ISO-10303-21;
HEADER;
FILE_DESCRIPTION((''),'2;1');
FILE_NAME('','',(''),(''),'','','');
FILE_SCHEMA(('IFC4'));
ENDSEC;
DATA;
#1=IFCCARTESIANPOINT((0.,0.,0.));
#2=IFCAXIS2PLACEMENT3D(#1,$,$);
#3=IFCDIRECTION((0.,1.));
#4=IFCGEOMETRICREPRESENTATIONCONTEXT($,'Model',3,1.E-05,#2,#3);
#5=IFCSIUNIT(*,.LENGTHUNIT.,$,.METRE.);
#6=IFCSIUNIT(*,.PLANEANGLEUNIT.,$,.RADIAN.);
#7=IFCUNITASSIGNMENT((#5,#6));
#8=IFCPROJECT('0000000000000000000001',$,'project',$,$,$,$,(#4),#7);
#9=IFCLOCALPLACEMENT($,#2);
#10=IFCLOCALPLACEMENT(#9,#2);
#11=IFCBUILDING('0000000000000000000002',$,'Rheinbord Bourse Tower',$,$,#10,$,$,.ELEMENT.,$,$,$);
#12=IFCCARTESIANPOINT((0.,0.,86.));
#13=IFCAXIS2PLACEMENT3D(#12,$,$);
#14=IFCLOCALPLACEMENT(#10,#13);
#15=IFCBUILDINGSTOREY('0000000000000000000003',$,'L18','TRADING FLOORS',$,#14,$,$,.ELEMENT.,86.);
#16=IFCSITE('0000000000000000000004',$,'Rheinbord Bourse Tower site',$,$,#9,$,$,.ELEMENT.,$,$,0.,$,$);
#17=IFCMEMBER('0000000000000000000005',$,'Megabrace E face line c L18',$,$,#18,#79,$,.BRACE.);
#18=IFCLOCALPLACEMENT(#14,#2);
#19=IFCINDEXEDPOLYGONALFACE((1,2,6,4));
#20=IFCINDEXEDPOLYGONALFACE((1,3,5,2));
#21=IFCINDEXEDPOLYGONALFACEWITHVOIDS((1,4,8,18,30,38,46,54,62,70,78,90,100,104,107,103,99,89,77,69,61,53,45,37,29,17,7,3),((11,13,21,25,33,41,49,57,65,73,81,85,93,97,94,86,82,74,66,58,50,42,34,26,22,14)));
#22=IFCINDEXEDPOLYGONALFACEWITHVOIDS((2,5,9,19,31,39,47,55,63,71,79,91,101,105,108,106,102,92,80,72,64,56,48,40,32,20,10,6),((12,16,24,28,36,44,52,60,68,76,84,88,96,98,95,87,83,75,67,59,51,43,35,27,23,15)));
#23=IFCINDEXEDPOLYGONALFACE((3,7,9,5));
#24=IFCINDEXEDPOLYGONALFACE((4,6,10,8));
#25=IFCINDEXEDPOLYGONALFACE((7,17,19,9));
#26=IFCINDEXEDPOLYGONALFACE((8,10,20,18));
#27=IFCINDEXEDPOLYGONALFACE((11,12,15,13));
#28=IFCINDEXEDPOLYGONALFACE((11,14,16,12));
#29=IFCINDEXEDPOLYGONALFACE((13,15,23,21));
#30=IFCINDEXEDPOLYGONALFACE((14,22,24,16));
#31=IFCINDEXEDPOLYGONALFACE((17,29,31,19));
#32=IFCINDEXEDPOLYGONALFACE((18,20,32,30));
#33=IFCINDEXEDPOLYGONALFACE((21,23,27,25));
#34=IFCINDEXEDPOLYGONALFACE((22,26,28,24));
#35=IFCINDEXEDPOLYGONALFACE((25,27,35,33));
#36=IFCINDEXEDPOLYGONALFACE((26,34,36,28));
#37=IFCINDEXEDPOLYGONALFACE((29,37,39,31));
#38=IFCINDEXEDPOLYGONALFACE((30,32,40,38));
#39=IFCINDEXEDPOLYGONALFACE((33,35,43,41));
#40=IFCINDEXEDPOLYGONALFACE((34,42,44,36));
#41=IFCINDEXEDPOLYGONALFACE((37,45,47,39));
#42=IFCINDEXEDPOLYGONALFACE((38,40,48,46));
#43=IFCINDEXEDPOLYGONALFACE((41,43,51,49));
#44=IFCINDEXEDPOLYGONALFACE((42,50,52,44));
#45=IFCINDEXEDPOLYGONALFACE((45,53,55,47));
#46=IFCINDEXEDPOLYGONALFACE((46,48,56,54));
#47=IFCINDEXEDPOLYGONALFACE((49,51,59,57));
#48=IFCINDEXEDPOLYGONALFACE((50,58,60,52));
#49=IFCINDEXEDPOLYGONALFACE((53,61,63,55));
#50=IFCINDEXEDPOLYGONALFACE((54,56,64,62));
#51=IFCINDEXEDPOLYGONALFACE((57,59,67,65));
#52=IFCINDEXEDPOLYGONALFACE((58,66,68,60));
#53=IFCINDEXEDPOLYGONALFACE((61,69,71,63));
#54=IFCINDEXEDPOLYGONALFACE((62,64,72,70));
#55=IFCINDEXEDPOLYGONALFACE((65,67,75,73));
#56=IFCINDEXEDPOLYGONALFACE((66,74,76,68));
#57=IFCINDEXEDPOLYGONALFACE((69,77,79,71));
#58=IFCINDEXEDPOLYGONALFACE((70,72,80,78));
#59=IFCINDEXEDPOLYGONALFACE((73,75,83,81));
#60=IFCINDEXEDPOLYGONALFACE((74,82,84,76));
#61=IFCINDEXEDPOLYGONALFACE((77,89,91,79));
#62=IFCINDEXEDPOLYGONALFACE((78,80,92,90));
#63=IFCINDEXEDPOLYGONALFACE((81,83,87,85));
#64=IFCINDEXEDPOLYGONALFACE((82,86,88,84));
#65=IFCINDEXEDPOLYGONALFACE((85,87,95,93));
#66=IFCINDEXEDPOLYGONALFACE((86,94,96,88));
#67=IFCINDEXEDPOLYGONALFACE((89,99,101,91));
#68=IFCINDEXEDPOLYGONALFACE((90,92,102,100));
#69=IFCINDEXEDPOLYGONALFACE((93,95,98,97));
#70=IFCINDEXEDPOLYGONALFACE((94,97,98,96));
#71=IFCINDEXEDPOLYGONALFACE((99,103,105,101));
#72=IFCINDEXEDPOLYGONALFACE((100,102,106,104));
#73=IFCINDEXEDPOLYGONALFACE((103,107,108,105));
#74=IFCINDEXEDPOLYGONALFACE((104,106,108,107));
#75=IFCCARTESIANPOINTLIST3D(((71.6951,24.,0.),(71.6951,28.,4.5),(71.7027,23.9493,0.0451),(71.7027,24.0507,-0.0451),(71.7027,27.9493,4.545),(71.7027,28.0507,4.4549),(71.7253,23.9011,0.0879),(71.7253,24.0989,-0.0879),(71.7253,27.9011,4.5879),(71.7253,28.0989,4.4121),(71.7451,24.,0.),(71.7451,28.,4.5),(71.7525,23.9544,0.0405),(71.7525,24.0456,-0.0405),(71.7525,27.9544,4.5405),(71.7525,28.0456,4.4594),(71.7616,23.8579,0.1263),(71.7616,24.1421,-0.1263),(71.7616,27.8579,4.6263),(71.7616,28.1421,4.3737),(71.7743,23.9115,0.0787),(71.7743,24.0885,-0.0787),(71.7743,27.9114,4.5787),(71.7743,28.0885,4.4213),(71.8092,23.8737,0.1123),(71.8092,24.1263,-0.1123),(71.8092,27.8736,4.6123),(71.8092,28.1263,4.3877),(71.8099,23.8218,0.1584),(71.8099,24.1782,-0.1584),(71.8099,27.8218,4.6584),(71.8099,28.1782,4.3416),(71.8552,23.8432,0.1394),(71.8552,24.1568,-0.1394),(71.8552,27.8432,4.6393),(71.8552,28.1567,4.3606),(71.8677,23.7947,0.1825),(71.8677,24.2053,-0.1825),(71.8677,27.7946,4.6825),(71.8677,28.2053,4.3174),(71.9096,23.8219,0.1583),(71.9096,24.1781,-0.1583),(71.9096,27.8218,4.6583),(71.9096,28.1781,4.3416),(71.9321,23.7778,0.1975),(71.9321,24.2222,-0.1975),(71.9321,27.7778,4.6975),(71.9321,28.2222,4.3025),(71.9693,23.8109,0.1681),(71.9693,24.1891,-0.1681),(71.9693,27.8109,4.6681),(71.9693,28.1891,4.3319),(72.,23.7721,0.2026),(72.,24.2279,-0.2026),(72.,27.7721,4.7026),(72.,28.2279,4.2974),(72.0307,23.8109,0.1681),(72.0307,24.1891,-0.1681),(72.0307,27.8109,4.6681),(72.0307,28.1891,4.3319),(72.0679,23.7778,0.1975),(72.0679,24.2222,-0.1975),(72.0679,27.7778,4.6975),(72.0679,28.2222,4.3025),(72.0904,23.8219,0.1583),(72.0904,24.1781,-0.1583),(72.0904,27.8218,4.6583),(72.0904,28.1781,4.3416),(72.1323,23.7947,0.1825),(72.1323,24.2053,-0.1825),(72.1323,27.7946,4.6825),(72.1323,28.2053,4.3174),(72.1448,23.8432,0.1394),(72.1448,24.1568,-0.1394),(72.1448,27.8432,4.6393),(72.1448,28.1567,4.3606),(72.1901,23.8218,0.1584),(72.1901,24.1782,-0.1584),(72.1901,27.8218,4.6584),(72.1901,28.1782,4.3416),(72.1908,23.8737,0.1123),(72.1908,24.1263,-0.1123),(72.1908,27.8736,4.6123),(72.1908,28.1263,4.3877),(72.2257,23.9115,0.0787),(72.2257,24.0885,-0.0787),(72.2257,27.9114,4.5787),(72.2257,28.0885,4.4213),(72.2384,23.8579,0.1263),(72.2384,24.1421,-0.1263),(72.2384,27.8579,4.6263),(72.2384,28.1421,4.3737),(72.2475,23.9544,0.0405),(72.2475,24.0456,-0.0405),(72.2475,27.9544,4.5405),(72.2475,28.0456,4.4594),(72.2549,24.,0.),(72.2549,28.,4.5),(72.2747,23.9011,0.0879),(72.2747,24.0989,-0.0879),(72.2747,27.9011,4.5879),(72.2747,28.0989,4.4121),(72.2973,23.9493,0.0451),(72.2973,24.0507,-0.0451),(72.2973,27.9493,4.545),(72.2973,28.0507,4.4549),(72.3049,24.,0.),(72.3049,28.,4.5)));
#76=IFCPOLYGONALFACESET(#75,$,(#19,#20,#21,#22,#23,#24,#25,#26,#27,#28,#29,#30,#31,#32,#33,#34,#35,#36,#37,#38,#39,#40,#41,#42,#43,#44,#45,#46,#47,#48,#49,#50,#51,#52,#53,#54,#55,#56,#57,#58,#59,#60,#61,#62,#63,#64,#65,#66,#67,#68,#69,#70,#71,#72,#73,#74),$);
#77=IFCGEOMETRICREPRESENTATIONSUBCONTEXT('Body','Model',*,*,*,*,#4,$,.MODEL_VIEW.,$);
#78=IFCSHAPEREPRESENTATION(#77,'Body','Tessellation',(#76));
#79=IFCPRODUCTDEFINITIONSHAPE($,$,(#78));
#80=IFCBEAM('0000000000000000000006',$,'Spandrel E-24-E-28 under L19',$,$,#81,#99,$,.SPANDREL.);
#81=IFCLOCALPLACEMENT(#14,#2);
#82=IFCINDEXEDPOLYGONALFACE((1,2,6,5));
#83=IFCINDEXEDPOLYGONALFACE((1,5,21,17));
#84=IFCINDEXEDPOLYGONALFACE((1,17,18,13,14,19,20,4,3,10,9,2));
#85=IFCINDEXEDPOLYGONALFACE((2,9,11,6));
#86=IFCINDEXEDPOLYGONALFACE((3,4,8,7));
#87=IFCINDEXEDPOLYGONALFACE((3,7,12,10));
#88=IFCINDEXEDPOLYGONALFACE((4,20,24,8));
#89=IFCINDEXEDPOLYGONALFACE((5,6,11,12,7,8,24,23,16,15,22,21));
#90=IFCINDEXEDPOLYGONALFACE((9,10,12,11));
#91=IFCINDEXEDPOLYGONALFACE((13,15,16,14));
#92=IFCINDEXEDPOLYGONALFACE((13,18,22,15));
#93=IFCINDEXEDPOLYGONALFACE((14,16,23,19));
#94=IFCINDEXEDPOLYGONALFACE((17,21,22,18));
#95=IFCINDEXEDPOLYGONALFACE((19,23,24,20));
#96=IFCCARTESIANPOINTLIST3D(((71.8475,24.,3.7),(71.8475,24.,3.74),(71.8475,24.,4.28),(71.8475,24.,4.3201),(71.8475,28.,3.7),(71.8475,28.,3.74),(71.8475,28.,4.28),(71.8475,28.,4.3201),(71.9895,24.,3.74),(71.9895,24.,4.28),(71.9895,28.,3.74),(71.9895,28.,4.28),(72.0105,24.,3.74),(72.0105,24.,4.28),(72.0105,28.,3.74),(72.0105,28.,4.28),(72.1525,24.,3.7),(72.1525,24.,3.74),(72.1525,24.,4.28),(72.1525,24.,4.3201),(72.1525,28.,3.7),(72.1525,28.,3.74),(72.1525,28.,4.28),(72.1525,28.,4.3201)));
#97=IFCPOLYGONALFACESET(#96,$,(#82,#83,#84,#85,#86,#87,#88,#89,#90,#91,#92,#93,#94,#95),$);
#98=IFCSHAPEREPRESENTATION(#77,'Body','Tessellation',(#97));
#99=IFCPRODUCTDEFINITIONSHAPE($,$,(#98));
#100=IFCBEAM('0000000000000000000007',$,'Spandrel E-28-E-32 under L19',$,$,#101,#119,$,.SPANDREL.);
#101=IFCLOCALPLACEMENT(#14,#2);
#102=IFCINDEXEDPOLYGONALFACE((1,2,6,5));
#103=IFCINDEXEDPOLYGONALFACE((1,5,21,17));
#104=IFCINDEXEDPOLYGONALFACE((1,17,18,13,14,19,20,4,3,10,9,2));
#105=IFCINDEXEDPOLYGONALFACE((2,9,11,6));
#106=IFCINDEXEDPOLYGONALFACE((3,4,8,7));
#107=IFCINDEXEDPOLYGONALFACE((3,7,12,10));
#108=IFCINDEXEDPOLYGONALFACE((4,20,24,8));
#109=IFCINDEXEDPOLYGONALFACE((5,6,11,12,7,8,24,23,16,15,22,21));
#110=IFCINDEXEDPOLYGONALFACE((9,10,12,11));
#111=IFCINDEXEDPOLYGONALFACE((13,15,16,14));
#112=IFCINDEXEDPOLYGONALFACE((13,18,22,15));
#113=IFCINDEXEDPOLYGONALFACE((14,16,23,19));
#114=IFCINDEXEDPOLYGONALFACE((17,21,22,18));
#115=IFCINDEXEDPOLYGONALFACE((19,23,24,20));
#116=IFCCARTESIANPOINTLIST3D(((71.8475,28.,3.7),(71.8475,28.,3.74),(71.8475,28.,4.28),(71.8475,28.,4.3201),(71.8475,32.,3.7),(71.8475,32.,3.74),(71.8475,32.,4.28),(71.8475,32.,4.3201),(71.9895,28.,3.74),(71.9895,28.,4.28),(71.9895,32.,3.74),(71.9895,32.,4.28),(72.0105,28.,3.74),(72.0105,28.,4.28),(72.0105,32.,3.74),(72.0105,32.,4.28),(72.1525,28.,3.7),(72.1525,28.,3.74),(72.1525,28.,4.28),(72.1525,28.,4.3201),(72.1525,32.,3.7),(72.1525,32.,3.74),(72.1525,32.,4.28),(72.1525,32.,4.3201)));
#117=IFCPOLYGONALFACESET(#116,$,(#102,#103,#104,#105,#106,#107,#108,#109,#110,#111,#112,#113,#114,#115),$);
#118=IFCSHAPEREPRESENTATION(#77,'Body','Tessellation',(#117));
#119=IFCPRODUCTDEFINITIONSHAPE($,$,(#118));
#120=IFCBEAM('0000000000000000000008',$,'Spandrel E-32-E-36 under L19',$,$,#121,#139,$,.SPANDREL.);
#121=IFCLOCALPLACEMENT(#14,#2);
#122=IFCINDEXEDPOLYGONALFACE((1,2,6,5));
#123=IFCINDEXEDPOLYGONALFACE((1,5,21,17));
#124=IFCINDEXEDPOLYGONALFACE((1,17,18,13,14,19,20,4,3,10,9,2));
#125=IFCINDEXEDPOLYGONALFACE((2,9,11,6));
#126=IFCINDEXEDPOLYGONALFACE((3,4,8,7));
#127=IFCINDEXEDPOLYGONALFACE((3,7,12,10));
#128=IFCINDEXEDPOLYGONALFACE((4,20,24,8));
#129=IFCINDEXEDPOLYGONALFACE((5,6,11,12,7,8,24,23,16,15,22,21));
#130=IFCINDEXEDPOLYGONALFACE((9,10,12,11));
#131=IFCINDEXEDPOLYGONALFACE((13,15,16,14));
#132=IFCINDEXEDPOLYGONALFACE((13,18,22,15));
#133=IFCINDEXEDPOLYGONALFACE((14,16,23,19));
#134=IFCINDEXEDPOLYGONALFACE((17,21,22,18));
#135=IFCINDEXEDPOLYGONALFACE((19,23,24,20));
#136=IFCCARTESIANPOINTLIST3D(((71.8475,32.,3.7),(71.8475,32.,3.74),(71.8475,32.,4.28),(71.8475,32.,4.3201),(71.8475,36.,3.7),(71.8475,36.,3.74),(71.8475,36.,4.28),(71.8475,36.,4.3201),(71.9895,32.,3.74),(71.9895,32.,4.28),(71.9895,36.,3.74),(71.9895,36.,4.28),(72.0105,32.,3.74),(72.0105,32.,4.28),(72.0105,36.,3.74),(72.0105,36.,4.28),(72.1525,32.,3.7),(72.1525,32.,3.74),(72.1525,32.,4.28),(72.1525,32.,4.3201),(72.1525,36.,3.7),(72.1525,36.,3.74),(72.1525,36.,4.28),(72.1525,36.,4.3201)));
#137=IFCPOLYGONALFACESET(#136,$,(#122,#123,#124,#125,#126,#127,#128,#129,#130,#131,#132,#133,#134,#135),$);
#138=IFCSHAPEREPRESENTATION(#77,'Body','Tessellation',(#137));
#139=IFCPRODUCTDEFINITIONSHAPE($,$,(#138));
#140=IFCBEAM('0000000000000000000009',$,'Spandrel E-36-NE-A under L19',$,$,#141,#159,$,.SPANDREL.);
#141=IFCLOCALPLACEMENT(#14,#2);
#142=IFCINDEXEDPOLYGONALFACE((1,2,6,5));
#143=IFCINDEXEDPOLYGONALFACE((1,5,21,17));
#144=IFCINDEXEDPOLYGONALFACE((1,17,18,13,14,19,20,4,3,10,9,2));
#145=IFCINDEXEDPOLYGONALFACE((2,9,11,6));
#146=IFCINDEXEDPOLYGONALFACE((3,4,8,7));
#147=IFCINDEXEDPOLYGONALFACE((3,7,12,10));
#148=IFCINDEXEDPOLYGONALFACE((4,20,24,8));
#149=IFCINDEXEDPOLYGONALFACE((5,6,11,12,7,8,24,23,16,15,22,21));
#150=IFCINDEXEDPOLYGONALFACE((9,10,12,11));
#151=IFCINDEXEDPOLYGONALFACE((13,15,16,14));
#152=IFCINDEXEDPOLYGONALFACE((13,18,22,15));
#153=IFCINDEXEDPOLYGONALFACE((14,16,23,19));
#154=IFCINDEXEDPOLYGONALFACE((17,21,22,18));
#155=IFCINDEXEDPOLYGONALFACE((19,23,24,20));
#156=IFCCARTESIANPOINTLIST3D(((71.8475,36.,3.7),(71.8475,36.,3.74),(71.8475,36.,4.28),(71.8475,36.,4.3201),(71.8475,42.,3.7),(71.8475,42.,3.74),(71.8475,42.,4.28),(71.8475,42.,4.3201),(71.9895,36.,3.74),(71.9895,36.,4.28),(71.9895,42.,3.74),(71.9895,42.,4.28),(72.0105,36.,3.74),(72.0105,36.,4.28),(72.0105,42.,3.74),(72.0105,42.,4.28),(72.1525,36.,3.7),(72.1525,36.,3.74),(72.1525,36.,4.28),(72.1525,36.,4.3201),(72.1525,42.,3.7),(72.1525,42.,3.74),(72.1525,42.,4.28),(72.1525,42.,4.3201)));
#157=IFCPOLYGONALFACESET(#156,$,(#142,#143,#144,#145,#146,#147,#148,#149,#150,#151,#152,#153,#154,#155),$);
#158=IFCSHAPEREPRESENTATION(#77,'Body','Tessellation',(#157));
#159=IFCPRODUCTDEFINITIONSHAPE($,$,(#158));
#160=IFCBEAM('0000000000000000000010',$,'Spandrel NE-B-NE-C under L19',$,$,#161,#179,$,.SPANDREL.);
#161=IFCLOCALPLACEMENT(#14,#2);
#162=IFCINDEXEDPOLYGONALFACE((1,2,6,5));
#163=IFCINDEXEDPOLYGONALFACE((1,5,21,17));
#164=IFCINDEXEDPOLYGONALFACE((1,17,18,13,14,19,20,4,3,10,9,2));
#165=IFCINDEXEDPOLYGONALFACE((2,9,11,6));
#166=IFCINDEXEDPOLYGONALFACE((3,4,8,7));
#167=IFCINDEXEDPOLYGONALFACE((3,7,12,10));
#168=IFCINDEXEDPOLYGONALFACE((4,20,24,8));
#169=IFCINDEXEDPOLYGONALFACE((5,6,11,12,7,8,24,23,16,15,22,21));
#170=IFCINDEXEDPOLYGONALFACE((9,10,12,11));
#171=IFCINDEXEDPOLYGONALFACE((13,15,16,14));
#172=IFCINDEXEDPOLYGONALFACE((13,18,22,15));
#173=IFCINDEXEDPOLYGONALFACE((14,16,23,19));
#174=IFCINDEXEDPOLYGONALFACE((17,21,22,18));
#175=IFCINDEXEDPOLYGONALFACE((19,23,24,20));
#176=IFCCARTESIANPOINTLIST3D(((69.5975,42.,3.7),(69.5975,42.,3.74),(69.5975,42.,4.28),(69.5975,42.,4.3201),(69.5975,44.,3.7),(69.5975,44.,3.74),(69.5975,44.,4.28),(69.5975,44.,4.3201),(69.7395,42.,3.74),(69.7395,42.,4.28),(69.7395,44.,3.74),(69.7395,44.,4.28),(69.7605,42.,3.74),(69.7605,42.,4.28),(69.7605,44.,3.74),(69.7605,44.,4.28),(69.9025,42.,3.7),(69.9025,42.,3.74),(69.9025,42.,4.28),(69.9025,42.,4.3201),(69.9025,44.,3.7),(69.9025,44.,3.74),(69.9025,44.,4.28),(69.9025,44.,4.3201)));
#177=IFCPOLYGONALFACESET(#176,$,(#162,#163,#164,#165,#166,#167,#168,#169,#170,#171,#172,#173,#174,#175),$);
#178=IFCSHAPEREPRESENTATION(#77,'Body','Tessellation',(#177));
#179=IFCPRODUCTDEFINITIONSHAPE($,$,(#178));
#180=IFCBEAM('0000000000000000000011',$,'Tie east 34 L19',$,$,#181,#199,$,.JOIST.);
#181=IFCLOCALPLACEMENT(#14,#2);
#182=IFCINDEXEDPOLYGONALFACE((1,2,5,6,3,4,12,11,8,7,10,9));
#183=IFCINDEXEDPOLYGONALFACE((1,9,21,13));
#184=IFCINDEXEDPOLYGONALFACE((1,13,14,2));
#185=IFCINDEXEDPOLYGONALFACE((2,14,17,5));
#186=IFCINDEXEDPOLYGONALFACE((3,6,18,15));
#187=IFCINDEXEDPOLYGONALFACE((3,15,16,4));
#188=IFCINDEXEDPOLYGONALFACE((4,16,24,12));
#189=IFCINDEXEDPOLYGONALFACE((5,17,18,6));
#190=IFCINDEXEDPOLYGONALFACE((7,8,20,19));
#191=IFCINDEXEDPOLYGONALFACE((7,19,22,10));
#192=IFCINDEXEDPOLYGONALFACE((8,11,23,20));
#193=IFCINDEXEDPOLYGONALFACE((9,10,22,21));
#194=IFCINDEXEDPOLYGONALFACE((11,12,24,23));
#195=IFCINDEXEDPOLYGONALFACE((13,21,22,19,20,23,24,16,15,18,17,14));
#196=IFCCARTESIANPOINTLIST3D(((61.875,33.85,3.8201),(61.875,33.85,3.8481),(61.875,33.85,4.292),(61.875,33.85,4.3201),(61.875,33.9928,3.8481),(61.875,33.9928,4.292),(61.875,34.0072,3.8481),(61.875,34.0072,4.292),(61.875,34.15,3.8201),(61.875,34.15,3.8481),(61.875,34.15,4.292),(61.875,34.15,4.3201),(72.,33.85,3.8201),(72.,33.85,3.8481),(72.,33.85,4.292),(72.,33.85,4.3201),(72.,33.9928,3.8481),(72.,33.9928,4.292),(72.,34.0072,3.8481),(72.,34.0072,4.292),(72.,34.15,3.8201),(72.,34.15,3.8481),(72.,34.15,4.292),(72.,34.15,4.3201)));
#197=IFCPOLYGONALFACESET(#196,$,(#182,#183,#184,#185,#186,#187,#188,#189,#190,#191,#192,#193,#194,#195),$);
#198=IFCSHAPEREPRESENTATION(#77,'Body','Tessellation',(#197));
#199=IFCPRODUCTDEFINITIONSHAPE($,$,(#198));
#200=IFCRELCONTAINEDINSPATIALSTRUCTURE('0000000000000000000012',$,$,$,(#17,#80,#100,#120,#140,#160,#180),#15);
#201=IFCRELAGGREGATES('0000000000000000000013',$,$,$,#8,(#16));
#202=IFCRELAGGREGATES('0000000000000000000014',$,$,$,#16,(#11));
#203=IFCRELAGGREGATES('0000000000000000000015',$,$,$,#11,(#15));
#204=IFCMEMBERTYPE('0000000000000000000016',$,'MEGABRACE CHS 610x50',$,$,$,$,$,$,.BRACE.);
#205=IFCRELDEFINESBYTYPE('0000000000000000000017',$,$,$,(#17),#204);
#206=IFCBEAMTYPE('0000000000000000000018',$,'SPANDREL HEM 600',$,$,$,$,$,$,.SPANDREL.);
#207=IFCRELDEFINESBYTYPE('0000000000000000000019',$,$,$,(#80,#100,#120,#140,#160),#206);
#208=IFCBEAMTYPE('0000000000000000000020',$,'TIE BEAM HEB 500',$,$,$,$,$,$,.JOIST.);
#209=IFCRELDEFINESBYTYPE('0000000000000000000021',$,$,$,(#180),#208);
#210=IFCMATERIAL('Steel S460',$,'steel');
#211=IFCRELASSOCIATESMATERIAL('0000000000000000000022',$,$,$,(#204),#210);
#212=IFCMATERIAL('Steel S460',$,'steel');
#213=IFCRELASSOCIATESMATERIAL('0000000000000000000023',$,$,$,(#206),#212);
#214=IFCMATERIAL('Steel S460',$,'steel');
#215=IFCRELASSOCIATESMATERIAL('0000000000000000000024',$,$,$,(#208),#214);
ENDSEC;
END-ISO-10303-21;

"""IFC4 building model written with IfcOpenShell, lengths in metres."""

from ifc_helpers import new_model, si_unit, direction, frame, origin, origin_2d, place, context, subcontext, project, spatial, hollow_circle, i_section, extrude, material, material_profile, profile_set, type_object, element, save


model = new_model("IFC4")

# Units and contexts
model_context = context("Model", 3, precision=1e-05, world=origin(), true_north=direction((0.0, 1.0)))
body_context = subcontext(model_context, "Body", "Model", "MODEL_VIEW")
ifc_project = project(units=[si_unit("LENGTHUNIT", "METRE"), si_unit("PLANEANGLEUNIT", "RADIAN")], contexts=[model_context])

# Site, building, storey
site_placement = place(None, origin())
site = spatial("IfcSite", under=ifc_project, at=site_placement, Name="Rheinbord Bourse Tower site", CompositionType="ELEMENT", RefElevation=0.0)
building_placement = place(site_placement, origin())
building = spatial("IfcBuilding", under=site, at=building_placement, Name="Rheinbord Bourse Tower", CompositionType="ELEMENT")
storey_placement = place(building_placement, frame((0.0, 0.0, 86.0)))
storey = spatial("IfcBuildingStorey", under=building, at=storey_placement, Name="L18", Description="TRADING FLOORS", CompositionType="ELEMENT", Elevation=86.0)

# Member
ifc_material_1 = material(Name="Steel S460", Category="steel")
ifc_material_profile_1 = material_profile(ifc_material_1, hollow_circle(Radius=0.3049, WallThickness=0.05, at=origin_2d()), Name="CHS 610x50")
ifc_profile_set_1 = profile_set([ifc_material_profile_1], Name="Steel S460")
member_type_1 = type_object("IfcMemberType", Name="MEGABRACE CHS 610x50", PredefinedType="BRACE", material=ifc_profile_set_1)
for number, where, z_axis, x_axis, name in (
    (1, (72.0, 24.0, 0.0), (0.0, 0.664364, 0.747409), (-1.0, 0.0, 0.0), "Megabrace E face line c L18"),
):
    element("IfcMember", number, at=place(storey_placement, frame(where, z_axis=z_axis, x_axis=x_axis)), inside=storey, type_object=member_type_1, Name=name, PredefinedType="BRACE", context=body_context, shape_type="SweptSolid", body=[
        extrude(hollow_circle(Radius=0.3049, WallThickness=0.05, at=origin_2d()), origin(), (0.0, 0.0, 1.0), 6.0208),
    ])

# Beams
ifc_material_2 = material(Name="Steel S460", Category="steel")
ifc_material_profile_2 = material_profile(ifc_material_2, i_section(OverallWidth=0.3049, OverallDepth=0.6201, WebThickness=0.021, FlangeThickness=0.04, at=origin_2d()), Name="HEM 600")
ifc_profile_set_2 = profile_set([ifc_material_profile_2], Name="Steel S460")
beam_type_1 = type_object("IfcBeamType", Name="SPANDREL HEM 600", PredefinedType="SPANDREL", material=ifc_profile_set_2)
for number, where, z_axis, x_axis, name in (
    (2, (72.0, 24.0, 4.01), (0.0, 1.0, 0.0), (-1.0, 0.0, 0.0), "Spandrel E-24-E-28 under L19"),
    (3, (72.0, 28.0, 4.01), (0.0, 1.0, 0.0), (-1.0, 0.0, 0.0), "Spandrel E-28-E-32 under L19"),
    (4, (72.0, 32.0, 4.01), (0.0, 1.0, 0.0), (-1.0, 0.0, 0.0), "Spandrel E-32-E-36 under L19"),
):
    element("IfcBeam", number, at=place(storey_placement, frame(where, z_axis=z_axis, x_axis=x_axis)), inside=storey, type_object=beam_type_1, Name=name, PredefinedType="SPANDREL", context=body_context, shape_type="SweptSolid", body=[
        extrude(i_section(OverallWidth=0.3049, OverallDepth=0.6201, WebThickness=0.021, FlangeThickness=0.04, at=origin_2d()), origin(), (0.0, 0.0, 1.0), 4.0),
    ])
beam_1_placement = place(storey_placement, frame((72.0, 36.0, 4.01), z_axis=(0.0, 1.0, 0.0), x_axis=(-1.0, 0.0, 0.0)))
element("IfcBeam", 5, at=beam_1_placement, inside=storey, type_object=beam_type_1, Name="Spandrel E-36-NE-A under L19", PredefinedType="SPANDREL", context=body_context, shape_type="SweptSolid", body=[
    extrude(i_section(OverallWidth=0.3049, OverallDepth=0.6201, WebThickness=0.021, FlangeThickness=0.04, at=origin_2d()), origin(), (0.0, 0.0, 1.0), 6.0),
])
beam_2_placement = place(storey_placement, frame((69.75, 42.0, 4.01), z_axis=(0.0, 1.0, 0.0), x_axis=(-1.0, 0.0, 0.0)))
element("IfcBeam", 6, at=beam_2_placement, inside=storey, type_object=beam_type_1, Name="Spandrel NE-B-NE-C under L19", PredefinedType="SPANDREL", context=body_context, shape_type="SweptSolid", body=[
    extrude(i_section(OverallWidth=0.3049, OverallDepth=0.6201, WebThickness=0.021, FlangeThickness=0.04, at=origin_2d()), origin(), (0.0, 0.0, 1.0), 2.0),
])
ifc_material_3 = material(Name="Steel S460", Category="steel")
ifc_material_profile_3 = material_profile(ifc_material_3, i_section(OverallWidth=0.3, OverallDepth=0.5, WebThickness=0.0144, FlangeThickness=0.0281, at=origin_2d()), Name="HEB 500")
ifc_profile_set_3 = profile_set([ifc_material_profile_3], Name="Steel S460")
beam_type_2 = type_object("IfcBeamType", Name="TIE BEAM HEB 500", PredefinedType="JOIST", material=ifc_profile_set_3)
for number, where, z_axis, x_axis, name in (
    (7, (61.875, 34.0, 4.0701), (1.0, 0.0, 0.0), (0.0, 1.0, 0.0), "Tie east 34 L19"),
):
    element("IfcBeam", number, at=place(storey_placement, frame(where, z_axis=z_axis, x_axis=x_axis)), inside=storey, type_object=beam_type_2, Name=name, PredefinedType="JOIST", context=body_context, shape_type="SweptSolid", body=[
        extrude(i_section(OverallWidth=0.3, OverallDepth=0.5, WebThickness=0.0144, FlangeThickness=0.0281, at=origin_2d()), origin(), (0.0, 0.0, 1.0), 10.125),
    ])

save(model, "model.ifc")
